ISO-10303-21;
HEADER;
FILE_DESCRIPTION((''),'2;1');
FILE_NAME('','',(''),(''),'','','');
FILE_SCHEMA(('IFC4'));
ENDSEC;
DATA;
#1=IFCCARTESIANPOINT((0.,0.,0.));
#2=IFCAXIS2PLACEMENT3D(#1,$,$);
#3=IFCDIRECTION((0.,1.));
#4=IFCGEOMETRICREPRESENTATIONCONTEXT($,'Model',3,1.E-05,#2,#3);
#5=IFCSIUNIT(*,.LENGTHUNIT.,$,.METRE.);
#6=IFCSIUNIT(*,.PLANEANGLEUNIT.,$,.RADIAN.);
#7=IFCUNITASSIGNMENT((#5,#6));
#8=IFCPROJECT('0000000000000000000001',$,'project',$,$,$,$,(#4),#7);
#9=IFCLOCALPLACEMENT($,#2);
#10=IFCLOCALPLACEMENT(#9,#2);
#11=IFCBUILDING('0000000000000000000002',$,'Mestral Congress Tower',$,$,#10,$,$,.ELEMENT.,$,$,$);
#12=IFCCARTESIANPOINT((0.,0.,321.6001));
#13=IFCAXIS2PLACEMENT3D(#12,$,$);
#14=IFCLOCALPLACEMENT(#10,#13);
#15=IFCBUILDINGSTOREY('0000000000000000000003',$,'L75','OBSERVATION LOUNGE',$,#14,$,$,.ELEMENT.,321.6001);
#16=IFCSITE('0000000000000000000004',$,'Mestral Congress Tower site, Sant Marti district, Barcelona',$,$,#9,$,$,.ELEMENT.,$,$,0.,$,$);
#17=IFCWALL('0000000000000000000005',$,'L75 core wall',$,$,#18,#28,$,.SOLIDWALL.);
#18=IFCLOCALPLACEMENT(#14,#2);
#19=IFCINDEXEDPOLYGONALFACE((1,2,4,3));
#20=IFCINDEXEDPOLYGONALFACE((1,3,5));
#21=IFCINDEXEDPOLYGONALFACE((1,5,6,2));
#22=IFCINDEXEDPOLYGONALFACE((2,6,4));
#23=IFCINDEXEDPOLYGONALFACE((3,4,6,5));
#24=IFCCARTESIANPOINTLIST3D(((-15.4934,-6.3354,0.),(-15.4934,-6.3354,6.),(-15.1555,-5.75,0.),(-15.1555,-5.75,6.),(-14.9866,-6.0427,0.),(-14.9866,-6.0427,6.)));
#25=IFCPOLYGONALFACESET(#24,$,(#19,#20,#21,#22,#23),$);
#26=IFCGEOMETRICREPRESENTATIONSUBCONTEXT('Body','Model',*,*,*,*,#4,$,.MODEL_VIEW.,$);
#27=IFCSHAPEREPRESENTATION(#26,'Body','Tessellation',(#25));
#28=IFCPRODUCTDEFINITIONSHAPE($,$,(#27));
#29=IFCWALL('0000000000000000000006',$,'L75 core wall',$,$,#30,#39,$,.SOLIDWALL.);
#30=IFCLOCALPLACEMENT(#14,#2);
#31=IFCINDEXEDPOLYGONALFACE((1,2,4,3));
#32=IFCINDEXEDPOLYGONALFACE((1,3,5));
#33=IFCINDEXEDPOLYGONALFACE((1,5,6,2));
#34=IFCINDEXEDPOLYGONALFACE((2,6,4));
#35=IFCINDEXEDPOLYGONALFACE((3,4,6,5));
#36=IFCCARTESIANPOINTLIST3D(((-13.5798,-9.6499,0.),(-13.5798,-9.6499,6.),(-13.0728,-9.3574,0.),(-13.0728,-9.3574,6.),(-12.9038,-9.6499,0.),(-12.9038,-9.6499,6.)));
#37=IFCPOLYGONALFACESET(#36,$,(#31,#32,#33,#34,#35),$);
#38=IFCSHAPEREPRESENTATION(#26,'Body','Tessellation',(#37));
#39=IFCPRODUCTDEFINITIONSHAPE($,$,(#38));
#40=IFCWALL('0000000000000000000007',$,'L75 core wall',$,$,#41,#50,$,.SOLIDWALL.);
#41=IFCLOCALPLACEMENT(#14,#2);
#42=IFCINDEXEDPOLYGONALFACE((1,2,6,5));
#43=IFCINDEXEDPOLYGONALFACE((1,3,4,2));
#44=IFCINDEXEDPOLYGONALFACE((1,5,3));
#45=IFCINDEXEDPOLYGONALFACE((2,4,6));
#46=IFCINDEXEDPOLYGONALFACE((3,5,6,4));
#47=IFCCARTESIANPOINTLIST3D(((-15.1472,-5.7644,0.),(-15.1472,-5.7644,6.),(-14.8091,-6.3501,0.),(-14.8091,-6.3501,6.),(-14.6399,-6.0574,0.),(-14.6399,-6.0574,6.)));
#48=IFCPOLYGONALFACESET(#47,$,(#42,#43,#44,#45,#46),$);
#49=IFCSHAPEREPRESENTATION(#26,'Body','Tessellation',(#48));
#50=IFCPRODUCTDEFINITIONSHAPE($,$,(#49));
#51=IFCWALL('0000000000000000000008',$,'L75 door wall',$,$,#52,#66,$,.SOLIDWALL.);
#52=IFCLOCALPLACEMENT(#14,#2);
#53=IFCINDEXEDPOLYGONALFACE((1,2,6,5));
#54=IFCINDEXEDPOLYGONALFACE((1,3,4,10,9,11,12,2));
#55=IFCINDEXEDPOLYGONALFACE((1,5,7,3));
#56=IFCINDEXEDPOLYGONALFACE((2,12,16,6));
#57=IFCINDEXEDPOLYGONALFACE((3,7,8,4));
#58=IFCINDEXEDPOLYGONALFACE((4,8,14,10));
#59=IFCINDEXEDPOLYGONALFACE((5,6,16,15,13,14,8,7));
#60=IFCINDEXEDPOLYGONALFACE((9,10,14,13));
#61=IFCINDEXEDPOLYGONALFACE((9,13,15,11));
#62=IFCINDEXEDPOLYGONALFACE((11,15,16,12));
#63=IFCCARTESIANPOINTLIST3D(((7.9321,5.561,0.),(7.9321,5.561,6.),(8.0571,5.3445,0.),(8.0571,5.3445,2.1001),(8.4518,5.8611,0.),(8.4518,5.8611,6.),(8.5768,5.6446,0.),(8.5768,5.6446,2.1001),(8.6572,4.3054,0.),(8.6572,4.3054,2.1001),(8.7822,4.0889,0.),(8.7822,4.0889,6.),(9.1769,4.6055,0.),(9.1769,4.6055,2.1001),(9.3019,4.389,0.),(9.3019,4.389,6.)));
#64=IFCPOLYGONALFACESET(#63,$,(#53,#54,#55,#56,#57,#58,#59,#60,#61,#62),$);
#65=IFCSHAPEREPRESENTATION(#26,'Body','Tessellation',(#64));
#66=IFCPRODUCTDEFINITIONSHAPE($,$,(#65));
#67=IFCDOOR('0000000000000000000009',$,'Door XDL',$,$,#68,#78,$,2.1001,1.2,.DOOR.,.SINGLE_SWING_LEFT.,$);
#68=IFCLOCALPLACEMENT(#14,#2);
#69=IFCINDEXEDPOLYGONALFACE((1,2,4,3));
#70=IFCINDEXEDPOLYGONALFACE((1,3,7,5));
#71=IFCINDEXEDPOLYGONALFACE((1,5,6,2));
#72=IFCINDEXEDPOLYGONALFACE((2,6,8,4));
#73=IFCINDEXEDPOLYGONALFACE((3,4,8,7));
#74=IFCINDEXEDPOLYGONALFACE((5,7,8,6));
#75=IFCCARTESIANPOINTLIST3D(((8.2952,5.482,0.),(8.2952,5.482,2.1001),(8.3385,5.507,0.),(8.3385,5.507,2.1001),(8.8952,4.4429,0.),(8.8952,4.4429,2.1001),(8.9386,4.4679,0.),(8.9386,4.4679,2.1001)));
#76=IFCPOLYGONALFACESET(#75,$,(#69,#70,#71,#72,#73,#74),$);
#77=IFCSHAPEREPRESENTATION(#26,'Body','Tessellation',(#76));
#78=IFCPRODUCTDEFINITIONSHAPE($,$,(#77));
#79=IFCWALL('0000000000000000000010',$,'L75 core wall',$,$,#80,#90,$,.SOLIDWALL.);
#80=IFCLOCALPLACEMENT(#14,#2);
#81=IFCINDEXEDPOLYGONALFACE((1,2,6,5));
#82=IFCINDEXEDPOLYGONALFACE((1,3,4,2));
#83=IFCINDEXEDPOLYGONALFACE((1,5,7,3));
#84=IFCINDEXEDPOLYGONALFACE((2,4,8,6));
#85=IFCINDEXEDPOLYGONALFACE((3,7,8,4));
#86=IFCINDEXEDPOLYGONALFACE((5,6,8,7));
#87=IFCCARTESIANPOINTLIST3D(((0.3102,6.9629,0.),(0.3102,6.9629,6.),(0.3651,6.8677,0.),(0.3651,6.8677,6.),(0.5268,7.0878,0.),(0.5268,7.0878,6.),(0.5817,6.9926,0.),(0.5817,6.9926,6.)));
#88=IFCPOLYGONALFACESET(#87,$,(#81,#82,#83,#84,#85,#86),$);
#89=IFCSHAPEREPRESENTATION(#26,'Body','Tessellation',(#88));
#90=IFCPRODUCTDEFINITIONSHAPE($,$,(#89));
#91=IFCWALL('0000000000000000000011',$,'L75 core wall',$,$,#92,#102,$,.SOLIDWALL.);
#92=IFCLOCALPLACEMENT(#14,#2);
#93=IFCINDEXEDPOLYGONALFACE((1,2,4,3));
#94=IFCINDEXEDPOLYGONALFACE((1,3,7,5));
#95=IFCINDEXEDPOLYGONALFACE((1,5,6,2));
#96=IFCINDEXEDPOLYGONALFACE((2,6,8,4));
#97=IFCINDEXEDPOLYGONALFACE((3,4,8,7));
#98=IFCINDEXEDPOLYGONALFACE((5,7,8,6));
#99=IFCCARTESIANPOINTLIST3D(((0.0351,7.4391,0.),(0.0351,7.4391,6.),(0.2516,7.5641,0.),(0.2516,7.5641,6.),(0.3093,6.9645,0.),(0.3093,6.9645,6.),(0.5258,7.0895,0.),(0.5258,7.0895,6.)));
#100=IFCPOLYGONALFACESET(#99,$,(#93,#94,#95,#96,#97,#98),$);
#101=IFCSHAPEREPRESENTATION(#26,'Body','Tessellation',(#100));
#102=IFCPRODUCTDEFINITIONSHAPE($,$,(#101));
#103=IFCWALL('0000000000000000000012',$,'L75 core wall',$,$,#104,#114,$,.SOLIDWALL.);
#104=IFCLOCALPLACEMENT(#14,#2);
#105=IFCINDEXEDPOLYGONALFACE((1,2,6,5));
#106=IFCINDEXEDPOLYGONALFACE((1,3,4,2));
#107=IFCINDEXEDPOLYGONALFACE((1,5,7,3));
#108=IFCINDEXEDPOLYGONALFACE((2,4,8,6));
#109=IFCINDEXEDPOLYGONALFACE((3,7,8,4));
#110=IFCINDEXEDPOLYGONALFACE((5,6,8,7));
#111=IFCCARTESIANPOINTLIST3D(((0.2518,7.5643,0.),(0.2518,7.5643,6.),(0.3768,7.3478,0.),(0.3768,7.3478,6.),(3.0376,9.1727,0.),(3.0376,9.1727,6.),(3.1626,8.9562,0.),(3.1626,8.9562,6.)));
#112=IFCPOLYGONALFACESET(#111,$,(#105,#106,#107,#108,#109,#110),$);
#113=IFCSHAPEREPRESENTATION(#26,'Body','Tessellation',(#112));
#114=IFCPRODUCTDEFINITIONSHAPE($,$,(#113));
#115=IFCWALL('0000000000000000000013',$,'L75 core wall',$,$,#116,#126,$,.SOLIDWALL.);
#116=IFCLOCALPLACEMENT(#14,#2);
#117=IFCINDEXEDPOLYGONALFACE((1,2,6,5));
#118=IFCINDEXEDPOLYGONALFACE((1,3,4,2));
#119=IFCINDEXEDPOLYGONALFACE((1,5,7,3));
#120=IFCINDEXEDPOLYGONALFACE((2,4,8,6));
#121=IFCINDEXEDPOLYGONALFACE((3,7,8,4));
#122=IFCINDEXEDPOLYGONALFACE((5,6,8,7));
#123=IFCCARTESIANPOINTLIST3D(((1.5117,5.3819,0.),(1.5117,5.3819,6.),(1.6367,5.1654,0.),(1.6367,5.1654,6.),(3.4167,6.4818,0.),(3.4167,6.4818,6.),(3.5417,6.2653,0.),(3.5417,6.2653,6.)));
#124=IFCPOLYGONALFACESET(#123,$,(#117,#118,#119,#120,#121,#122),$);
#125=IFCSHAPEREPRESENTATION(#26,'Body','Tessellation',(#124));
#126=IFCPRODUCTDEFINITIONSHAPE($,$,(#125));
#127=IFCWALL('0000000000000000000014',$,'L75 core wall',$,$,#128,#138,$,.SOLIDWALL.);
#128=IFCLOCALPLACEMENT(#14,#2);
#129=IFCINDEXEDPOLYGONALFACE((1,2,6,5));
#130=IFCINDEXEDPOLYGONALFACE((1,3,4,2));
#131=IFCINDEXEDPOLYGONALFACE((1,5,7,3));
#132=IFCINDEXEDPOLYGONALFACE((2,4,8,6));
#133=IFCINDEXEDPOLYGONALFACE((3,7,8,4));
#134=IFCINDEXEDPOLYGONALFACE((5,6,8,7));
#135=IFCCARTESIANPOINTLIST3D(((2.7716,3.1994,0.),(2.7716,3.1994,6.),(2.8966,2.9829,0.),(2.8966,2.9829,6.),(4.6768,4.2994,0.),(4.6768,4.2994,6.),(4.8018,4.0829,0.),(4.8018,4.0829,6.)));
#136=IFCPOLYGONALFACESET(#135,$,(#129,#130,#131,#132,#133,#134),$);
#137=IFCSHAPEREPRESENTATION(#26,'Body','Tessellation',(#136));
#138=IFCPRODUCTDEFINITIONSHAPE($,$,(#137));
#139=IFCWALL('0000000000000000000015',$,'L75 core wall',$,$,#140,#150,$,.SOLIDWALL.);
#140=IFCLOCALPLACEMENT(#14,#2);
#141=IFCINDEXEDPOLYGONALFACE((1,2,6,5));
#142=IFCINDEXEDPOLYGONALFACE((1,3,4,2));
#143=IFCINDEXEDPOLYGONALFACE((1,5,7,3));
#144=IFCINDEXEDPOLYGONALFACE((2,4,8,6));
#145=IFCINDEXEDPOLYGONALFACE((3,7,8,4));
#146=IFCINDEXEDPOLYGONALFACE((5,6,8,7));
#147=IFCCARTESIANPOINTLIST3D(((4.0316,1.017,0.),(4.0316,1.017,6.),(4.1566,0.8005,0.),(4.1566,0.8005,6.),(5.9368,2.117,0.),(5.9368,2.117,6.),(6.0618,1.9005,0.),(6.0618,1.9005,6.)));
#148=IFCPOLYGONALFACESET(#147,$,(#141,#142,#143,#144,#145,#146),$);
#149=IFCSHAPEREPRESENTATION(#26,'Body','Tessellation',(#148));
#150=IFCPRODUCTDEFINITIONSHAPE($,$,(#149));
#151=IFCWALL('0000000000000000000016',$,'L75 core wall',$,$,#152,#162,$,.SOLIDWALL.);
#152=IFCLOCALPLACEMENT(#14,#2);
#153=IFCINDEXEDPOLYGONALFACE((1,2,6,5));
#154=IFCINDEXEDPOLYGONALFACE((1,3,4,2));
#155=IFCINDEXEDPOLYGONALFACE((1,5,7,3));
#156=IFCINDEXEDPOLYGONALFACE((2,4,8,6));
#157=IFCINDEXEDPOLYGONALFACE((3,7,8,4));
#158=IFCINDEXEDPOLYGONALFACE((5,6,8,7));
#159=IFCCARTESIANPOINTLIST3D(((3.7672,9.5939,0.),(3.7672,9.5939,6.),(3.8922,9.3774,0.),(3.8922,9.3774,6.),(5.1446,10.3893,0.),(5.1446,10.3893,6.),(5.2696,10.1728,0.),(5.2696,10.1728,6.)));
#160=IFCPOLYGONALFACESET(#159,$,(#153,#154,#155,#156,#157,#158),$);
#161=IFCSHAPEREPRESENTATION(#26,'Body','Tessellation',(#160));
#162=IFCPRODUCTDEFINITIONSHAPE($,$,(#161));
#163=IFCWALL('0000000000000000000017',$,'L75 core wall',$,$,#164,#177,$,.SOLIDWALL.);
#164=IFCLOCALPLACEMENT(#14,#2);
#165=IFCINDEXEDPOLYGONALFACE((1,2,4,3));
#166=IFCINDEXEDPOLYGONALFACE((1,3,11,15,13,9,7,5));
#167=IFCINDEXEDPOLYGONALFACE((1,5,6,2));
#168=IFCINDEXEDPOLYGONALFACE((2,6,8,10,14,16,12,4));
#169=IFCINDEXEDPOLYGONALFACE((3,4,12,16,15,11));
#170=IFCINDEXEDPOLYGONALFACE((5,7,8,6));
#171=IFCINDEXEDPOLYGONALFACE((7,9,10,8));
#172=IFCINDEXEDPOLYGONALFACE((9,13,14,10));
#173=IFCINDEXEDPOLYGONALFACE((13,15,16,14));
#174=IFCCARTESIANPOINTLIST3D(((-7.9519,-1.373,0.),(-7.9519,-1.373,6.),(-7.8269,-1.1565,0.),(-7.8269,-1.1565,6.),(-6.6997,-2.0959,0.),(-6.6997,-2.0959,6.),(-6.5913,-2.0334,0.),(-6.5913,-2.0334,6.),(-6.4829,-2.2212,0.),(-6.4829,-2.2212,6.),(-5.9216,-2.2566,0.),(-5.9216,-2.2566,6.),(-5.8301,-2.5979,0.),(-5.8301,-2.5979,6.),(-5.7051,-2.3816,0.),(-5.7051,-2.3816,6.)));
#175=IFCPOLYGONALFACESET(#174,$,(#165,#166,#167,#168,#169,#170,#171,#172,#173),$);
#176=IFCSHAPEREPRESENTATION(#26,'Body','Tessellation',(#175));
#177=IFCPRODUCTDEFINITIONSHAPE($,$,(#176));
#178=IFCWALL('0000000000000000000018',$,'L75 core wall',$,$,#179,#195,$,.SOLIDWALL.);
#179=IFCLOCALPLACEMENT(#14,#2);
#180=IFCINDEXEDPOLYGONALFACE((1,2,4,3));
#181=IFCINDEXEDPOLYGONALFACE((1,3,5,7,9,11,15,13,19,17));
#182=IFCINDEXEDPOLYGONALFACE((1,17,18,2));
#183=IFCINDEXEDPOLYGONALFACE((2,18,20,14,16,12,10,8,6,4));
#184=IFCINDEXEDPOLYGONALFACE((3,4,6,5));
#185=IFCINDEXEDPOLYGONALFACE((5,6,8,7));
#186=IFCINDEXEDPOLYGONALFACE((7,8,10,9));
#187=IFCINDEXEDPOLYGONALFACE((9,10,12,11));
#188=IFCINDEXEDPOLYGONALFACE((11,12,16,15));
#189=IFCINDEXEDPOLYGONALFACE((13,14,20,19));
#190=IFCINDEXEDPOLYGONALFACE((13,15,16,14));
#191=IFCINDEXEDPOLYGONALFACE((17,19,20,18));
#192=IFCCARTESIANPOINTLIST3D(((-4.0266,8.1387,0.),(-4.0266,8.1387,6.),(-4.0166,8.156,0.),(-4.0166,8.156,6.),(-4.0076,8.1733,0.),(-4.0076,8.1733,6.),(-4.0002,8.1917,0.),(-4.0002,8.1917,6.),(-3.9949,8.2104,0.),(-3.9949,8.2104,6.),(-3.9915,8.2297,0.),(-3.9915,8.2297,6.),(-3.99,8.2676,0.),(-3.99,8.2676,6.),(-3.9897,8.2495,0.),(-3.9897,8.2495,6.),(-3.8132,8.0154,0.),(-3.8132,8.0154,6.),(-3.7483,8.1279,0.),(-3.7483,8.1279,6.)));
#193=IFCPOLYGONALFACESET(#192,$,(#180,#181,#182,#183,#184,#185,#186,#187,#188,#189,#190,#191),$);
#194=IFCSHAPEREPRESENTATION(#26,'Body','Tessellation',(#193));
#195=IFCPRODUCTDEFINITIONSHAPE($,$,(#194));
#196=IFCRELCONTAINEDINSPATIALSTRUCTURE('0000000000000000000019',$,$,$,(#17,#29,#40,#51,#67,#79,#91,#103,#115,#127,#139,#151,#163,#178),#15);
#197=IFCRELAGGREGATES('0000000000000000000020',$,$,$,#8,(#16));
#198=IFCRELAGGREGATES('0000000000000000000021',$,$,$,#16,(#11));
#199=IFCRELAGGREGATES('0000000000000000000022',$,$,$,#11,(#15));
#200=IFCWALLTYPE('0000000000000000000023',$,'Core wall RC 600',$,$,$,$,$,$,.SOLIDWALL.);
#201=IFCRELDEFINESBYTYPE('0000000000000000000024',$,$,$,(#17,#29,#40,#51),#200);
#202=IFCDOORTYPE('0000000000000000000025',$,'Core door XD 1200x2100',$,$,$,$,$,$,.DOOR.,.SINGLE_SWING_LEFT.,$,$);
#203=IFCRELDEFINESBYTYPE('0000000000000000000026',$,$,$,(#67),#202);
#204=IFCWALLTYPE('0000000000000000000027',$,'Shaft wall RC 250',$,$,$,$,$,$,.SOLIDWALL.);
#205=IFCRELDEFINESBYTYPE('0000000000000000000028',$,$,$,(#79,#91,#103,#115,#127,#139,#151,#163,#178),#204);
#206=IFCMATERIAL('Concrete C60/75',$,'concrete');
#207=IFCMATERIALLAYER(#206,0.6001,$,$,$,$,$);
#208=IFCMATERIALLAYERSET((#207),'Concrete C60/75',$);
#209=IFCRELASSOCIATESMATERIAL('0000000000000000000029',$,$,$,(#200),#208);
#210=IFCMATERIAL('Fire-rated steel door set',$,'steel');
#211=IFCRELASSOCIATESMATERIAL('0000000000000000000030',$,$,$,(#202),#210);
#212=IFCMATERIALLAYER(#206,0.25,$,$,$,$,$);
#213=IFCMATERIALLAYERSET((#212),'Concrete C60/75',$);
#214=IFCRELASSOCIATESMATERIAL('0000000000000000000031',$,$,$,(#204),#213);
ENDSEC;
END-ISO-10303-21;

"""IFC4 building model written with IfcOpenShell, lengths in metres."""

from ifc_helpers import new_model, si_unit, direction, frame, frame_2d, origin, place, context, subcontext, project, spatial, polyline, rectangle, outline, extrude, material, layer, layer_set, type_object, element, fill, save


model = new_model("IFC4")

# Units and contexts
model_context = context("Model", 3, precision=1e-05, world=origin(), true_north=direction((0.0, 1.0)))
body_context = subcontext(model_context, "Body", "Model", "MODEL_VIEW")
ifc_project = project(units=[si_unit("LENGTHUNIT", "METRE"), si_unit("PLANEANGLEUNIT", "RADIAN")], contexts=[model_context])

# Site, building, storey
site_placement = place(None, origin())
site = spatial("IfcSite", under=ifc_project, at=site_placement, Name="Mestral Congress Tower site, Sant Marti district, Barcelona", CompositionType="ELEMENT", RefElevation=0.0)
building_placement = place(site_placement, origin())
building = spatial("IfcBuilding", under=site, at=building_placement, Name="Mestral Congress Tower", CompositionType="ELEMENT")
storey_placement = place(building_placement, frame((0.0, 0.0, 321.6001)))
storey = spatial("IfcBuildingStorey", under=building, at=storey_placement, Name="L75", Description="OBSERVATION LOUNGE", CompositionType="ELEMENT", Elevation=321.6001)

# Shared definitions
ifc_material_1 = material(Name="Fire-rated steel door set", Category="steel")

# Walls
ifc_material_2 = material(Name="Concrete C60/75", Category="concrete")
ifc_layer_1 = layer(ifc_material_2, 0.6001)
ifc_layer_set_1 = layer_set([ifc_layer_1], Name="Concrete C60/75")
wall_type_1 = type_object("IfcWallType", Name="Core wall RC 600", PredefinedType="SOLIDWALL", material=ifc_layer_set_1)
placement = place(storey_placement, origin())
element("IfcWall", 1, at=placement, inside=storey, type_object=wall_type_1, Name="L75 core wall", PredefinedType="SOLIDWALL", context=body_context, shape_type="SweptSolid", body=[
    extrude(outline(polyline([(-14.9866, -6.0427), (-15.4934, -6.3354), (-15.1555, -5.75), (-14.9866, -6.0427)])), origin(), (0.0, 0.0, 1.0), 6.0),
])
element("IfcWall", 2, at=placement, inside=storey, type_object=wall_type_1, Name="L75 core wall", PredefinedType="SOLIDWALL", context=body_context, shape_type="SweptSolid", body=[
    extrude(outline(polyline([(-12.9038, -9.6499), (-13.5798, -9.6499), (-13.0728, -9.3574), (-12.9038, -9.6499)])), origin(), (0.0, 0.0, 1.0), 6.0),
])
element("IfcWall", 3, at=placement, inside=storey, type_object=wall_type_1, Name="L75 core wall", PredefinedType="SOLIDWALL", context=body_context, shape_type="SweptSolid", body=[
    extrude(outline(polyline([(-14.8091, -6.3501), (-15.1472, -5.7644), (-14.6399, -6.0574), (-14.8091, -6.3501)])), origin(), (0.0, 0.0, 1.0), 6.0),
])

# Wall, opening, door
wall_1_placement = place(storey_placement, frame((8.1919, 5.7112, 0.0), z_axis=(0.0, 0.0, 1.0), x_axis=(0.500062, -0.865989, 0.0)))
wall_1 = element("IfcWall", 4, at=wall_1_placement, inside=storey, type_object=wall_type_1, Name="L75 door wall", PredefinedType="SOLIDWALL", context=body_context, shape_type="SweptSolid", body=[
    extrude(rectangle(XDim=1.7, YDim=0.6001, at=frame_2d((0.8501, 0.0))), origin(), (0.0, 0.0, 1.0), 6.0),
])
opening_1_placement = place(wall_1_placement, frame((0.25, 0.0, 0.0)))
opening_1 = element("IfcOpeningElement", 5, at=opening_1_placement, cuts=wall_1, PredefinedType="OPENING", context=body_context, shape_type="SweptSolid", body=[
    extrude(rectangle(XDim=1.2, YDim=2.1001, at=frame_2d((0.6001, 1.05))), frame((0.0, 0.3101, 0.0), z_axis=(0.0, -1.0, 0.0), x_axis=(1.0, 0.0, 0.0)), (0.0, 0.0, 1.0), 0.6201),
])
door_type_1 = type_object("IfcDoorType", Name="Core door XD 1200x2100", OperationType="SINGLE_SWING_LEFT", PredefinedType="DOOR", material=ifc_material_1)
door_1_placement = place(opening_1_placement, origin())
door_1 = element("IfcDoor", 6, at=door_1_placement, inside=storey, type_object=door_type_1, Name="Door XDL", OperationType="SINGLE_SWING_LEFT", OverallHeight=2.1001, OverallWidth=1.2, PredefinedType="DOOR", context=body_context, shape_type="SweptSolid", body=[
    extrude(rectangle(XDim=1.2, YDim=2.1001, at=frame_2d((0.6001, 1.05))), frame((0.0, 0.0249, 0.0), z_axis=(0.0, -1.0, 0.0), x_axis=(1.0, 0.0, 0.0)), (0.0, 0.0, 1.0), 0.05),
])
fill(opening_1, door_1)

# Walls
ifc_layer_2 = layer(ifc_material_2, 0.25)
ifc_layer_set_2 = layer_set([ifc_layer_2], Name="Concrete C60/75")
wall_type_2 = type_object("IfcWallType", Name="Shaft wall RC 250", PredefinedType="SOLIDWALL", material=ifc_layer_set_2)
wall_2_placement = place(storey_placement, frame((0.4734, 6.9302, 0.0), z_axis=(0.0, 0.0, 1.0), x_axis=(-0.499722, 0.866186, 0.0)))
element("IfcWall", 7, at=wall_2_placement, inside=storey, type_object=wall_type_2, Name="L75 core wall", PredefinedType="SOLIDWALL", context=body_context, shape_type="SweptSolid", body=[
    extrude(rectangle(XDim=0.1099, YDim=0.25, at=frame_2d((0.0549, 0.0))), origin(), (0.0, 0.0, 1.0), 6.0),
])
wall_3_placement = place(storey_placement, frame((0.4175, 7.0271, 0.0), z_axis=(0.0, 0.0, 1.0), x_axis=(-0.500211, 0.865904, 0.0)))
element("IfcWall", 8, at=wall_3_placement, inside=storey, type_object=wall_type_2, Name="L75 core wall", PredefinedType="SOLIDWALL", context=body_context, shape_type="SweptSolid", body=[
    extrude(rectangle(XDim=0.5481, YDim=0.25, at=frame_2d((0.2739, 0.0))), origin(), (0.0, 0.0, 1.0), 6.0),
])
wall_4_placement = place(storey_placement, frame((3.1001, 9.0645, 0.0), z_axis=(0.0, 0.0, 1.0), x_axis=(-0.86603, -0.499992, 0.0)))
element("IfcWall", 9, at=wall_4_placement, inside=storey, type_object=wall_type_2, Name="L75 core wall", PredefinedType="SOLIDWALL", context=body_context, shape_type="SweptSolid", body=[
    extrude(rectangle(XDim=3.2168, YDim=0.25, at=frame_2d((1.6084, 0.0))), origin(), (0.0, 0.0, 1.0), 6.0),
])
wall_5_placement = place(storey_placement, frame((1.5742, 5.2737, 0.0), z_axis=(0.0, 0.0, 1.0), x_axis=(0.866028, 0.499995, 0.0)))
element("IfcWall", 10, at=wall_5_placement, inside=storey, type_object=wall_type_2, Name="L75 core wall", PredefinedType="SOLIDWALL", context=body_context, shape_type="SweptSolid", body=[
    extrude(rectangle(XDim=2.1997, YDim=0.25, at=frame_2d((1.0999, 0.0))), origin(), (0.0, 0.0, 1.0), 6.0),
])
for number, where, z_axis, x_axis, name in (
    (11, (2.834, 3.0911, 0.0), (0.0, 0.0, 1.0), (0.866008, 0.50003, 0.0), "L75 core wall"),
    (12, (4.094, 0.9087, 0.0), (0.0, 0.0, 1.0), (0.866008, 0.50003, 0.0), "L75 core wall"),
):
    element("IfcWall", number, at=place(storey_placement, frame(where, z_axis=z_axis, x_axis=x_axis)), inside=storey, type_object=wall_type_2, Name=name, PredefinedType="SOLIDWALL", context=body_context, shape_type="SweptSolid", body=[
        extrude(rectangle(XDim=2.2, YDim=0.25, at=frame_2d((1.1001, 0.0))), origin(), (0.0, 0.0, 1.0), 6.0),
    ])
wall_6_placement = place(storey_placement, frame((3.8296, 9.4856, 0.0), z_axis=(0.0, 0.0, 1.0), x_axis=(0.865986, 0.500068, 0.0)))
element("IfcWall", 13, at=wall_6_placement, inside=storey, type_object=wall_type_2, Name="L75 core wall", PredefinedType="SOLIDWALL", context=body_context, shape_type="SweptSolid", body=[
    extrude(rectangle(XDim=1.5906, YDim=0.25, at=frame_2d((0.7954, 0.0))), origin(), (0.0, 0.0, 1.0), 6.0),
])
element("IfcWall", 14, at=placement, inside=storey, type_object=wall_type_2, Name="L75 core wall", PredefinedType="SOLIDWALL", context=body_context, shape_type="SweptSolid", body=[
    extrude(outline(polyline([(-5.9216, -2.2566), (-5.9216, -2.2566), (-5.7051, -2.3816), (-5.8301, -2.5979), (-6.4829, -2.2212), (-6.5913, -2.0334), (-6.5913, -2.0334), (-6.6997, -2.0959), (-7.9519, -1.373), (-7.8269, -1.1565), (-5.9216, -2.2566)])), origin(), (0.0, 0.0, 1.0), 6.0),
])
element("IfcWall", 15, at=placement, inside=storey, type_object=wall_type_2, Name="L75 core wall", PredefinedType="SOLIDWALL", context=body_context, shape_type="SweptSolid", body=[
    extrude(outline(polyline([(-3.7483, 8.1279), (-3.8132, 8.0154), (-4.0266, 8.1387), (-4.0166, 8.156), (-4.0076, 8.1733), (-4.0002, 8.1917), (-3.9949, 8.2104), (-3.9915, 8.2297), (-3.9897, 8.2495), (-3.99, 8.2676), (-3.7483, 8.1279)])), origin(), (0.0, 0.0, 1.0), 6.0),
])

save(model, "model.ifc")
